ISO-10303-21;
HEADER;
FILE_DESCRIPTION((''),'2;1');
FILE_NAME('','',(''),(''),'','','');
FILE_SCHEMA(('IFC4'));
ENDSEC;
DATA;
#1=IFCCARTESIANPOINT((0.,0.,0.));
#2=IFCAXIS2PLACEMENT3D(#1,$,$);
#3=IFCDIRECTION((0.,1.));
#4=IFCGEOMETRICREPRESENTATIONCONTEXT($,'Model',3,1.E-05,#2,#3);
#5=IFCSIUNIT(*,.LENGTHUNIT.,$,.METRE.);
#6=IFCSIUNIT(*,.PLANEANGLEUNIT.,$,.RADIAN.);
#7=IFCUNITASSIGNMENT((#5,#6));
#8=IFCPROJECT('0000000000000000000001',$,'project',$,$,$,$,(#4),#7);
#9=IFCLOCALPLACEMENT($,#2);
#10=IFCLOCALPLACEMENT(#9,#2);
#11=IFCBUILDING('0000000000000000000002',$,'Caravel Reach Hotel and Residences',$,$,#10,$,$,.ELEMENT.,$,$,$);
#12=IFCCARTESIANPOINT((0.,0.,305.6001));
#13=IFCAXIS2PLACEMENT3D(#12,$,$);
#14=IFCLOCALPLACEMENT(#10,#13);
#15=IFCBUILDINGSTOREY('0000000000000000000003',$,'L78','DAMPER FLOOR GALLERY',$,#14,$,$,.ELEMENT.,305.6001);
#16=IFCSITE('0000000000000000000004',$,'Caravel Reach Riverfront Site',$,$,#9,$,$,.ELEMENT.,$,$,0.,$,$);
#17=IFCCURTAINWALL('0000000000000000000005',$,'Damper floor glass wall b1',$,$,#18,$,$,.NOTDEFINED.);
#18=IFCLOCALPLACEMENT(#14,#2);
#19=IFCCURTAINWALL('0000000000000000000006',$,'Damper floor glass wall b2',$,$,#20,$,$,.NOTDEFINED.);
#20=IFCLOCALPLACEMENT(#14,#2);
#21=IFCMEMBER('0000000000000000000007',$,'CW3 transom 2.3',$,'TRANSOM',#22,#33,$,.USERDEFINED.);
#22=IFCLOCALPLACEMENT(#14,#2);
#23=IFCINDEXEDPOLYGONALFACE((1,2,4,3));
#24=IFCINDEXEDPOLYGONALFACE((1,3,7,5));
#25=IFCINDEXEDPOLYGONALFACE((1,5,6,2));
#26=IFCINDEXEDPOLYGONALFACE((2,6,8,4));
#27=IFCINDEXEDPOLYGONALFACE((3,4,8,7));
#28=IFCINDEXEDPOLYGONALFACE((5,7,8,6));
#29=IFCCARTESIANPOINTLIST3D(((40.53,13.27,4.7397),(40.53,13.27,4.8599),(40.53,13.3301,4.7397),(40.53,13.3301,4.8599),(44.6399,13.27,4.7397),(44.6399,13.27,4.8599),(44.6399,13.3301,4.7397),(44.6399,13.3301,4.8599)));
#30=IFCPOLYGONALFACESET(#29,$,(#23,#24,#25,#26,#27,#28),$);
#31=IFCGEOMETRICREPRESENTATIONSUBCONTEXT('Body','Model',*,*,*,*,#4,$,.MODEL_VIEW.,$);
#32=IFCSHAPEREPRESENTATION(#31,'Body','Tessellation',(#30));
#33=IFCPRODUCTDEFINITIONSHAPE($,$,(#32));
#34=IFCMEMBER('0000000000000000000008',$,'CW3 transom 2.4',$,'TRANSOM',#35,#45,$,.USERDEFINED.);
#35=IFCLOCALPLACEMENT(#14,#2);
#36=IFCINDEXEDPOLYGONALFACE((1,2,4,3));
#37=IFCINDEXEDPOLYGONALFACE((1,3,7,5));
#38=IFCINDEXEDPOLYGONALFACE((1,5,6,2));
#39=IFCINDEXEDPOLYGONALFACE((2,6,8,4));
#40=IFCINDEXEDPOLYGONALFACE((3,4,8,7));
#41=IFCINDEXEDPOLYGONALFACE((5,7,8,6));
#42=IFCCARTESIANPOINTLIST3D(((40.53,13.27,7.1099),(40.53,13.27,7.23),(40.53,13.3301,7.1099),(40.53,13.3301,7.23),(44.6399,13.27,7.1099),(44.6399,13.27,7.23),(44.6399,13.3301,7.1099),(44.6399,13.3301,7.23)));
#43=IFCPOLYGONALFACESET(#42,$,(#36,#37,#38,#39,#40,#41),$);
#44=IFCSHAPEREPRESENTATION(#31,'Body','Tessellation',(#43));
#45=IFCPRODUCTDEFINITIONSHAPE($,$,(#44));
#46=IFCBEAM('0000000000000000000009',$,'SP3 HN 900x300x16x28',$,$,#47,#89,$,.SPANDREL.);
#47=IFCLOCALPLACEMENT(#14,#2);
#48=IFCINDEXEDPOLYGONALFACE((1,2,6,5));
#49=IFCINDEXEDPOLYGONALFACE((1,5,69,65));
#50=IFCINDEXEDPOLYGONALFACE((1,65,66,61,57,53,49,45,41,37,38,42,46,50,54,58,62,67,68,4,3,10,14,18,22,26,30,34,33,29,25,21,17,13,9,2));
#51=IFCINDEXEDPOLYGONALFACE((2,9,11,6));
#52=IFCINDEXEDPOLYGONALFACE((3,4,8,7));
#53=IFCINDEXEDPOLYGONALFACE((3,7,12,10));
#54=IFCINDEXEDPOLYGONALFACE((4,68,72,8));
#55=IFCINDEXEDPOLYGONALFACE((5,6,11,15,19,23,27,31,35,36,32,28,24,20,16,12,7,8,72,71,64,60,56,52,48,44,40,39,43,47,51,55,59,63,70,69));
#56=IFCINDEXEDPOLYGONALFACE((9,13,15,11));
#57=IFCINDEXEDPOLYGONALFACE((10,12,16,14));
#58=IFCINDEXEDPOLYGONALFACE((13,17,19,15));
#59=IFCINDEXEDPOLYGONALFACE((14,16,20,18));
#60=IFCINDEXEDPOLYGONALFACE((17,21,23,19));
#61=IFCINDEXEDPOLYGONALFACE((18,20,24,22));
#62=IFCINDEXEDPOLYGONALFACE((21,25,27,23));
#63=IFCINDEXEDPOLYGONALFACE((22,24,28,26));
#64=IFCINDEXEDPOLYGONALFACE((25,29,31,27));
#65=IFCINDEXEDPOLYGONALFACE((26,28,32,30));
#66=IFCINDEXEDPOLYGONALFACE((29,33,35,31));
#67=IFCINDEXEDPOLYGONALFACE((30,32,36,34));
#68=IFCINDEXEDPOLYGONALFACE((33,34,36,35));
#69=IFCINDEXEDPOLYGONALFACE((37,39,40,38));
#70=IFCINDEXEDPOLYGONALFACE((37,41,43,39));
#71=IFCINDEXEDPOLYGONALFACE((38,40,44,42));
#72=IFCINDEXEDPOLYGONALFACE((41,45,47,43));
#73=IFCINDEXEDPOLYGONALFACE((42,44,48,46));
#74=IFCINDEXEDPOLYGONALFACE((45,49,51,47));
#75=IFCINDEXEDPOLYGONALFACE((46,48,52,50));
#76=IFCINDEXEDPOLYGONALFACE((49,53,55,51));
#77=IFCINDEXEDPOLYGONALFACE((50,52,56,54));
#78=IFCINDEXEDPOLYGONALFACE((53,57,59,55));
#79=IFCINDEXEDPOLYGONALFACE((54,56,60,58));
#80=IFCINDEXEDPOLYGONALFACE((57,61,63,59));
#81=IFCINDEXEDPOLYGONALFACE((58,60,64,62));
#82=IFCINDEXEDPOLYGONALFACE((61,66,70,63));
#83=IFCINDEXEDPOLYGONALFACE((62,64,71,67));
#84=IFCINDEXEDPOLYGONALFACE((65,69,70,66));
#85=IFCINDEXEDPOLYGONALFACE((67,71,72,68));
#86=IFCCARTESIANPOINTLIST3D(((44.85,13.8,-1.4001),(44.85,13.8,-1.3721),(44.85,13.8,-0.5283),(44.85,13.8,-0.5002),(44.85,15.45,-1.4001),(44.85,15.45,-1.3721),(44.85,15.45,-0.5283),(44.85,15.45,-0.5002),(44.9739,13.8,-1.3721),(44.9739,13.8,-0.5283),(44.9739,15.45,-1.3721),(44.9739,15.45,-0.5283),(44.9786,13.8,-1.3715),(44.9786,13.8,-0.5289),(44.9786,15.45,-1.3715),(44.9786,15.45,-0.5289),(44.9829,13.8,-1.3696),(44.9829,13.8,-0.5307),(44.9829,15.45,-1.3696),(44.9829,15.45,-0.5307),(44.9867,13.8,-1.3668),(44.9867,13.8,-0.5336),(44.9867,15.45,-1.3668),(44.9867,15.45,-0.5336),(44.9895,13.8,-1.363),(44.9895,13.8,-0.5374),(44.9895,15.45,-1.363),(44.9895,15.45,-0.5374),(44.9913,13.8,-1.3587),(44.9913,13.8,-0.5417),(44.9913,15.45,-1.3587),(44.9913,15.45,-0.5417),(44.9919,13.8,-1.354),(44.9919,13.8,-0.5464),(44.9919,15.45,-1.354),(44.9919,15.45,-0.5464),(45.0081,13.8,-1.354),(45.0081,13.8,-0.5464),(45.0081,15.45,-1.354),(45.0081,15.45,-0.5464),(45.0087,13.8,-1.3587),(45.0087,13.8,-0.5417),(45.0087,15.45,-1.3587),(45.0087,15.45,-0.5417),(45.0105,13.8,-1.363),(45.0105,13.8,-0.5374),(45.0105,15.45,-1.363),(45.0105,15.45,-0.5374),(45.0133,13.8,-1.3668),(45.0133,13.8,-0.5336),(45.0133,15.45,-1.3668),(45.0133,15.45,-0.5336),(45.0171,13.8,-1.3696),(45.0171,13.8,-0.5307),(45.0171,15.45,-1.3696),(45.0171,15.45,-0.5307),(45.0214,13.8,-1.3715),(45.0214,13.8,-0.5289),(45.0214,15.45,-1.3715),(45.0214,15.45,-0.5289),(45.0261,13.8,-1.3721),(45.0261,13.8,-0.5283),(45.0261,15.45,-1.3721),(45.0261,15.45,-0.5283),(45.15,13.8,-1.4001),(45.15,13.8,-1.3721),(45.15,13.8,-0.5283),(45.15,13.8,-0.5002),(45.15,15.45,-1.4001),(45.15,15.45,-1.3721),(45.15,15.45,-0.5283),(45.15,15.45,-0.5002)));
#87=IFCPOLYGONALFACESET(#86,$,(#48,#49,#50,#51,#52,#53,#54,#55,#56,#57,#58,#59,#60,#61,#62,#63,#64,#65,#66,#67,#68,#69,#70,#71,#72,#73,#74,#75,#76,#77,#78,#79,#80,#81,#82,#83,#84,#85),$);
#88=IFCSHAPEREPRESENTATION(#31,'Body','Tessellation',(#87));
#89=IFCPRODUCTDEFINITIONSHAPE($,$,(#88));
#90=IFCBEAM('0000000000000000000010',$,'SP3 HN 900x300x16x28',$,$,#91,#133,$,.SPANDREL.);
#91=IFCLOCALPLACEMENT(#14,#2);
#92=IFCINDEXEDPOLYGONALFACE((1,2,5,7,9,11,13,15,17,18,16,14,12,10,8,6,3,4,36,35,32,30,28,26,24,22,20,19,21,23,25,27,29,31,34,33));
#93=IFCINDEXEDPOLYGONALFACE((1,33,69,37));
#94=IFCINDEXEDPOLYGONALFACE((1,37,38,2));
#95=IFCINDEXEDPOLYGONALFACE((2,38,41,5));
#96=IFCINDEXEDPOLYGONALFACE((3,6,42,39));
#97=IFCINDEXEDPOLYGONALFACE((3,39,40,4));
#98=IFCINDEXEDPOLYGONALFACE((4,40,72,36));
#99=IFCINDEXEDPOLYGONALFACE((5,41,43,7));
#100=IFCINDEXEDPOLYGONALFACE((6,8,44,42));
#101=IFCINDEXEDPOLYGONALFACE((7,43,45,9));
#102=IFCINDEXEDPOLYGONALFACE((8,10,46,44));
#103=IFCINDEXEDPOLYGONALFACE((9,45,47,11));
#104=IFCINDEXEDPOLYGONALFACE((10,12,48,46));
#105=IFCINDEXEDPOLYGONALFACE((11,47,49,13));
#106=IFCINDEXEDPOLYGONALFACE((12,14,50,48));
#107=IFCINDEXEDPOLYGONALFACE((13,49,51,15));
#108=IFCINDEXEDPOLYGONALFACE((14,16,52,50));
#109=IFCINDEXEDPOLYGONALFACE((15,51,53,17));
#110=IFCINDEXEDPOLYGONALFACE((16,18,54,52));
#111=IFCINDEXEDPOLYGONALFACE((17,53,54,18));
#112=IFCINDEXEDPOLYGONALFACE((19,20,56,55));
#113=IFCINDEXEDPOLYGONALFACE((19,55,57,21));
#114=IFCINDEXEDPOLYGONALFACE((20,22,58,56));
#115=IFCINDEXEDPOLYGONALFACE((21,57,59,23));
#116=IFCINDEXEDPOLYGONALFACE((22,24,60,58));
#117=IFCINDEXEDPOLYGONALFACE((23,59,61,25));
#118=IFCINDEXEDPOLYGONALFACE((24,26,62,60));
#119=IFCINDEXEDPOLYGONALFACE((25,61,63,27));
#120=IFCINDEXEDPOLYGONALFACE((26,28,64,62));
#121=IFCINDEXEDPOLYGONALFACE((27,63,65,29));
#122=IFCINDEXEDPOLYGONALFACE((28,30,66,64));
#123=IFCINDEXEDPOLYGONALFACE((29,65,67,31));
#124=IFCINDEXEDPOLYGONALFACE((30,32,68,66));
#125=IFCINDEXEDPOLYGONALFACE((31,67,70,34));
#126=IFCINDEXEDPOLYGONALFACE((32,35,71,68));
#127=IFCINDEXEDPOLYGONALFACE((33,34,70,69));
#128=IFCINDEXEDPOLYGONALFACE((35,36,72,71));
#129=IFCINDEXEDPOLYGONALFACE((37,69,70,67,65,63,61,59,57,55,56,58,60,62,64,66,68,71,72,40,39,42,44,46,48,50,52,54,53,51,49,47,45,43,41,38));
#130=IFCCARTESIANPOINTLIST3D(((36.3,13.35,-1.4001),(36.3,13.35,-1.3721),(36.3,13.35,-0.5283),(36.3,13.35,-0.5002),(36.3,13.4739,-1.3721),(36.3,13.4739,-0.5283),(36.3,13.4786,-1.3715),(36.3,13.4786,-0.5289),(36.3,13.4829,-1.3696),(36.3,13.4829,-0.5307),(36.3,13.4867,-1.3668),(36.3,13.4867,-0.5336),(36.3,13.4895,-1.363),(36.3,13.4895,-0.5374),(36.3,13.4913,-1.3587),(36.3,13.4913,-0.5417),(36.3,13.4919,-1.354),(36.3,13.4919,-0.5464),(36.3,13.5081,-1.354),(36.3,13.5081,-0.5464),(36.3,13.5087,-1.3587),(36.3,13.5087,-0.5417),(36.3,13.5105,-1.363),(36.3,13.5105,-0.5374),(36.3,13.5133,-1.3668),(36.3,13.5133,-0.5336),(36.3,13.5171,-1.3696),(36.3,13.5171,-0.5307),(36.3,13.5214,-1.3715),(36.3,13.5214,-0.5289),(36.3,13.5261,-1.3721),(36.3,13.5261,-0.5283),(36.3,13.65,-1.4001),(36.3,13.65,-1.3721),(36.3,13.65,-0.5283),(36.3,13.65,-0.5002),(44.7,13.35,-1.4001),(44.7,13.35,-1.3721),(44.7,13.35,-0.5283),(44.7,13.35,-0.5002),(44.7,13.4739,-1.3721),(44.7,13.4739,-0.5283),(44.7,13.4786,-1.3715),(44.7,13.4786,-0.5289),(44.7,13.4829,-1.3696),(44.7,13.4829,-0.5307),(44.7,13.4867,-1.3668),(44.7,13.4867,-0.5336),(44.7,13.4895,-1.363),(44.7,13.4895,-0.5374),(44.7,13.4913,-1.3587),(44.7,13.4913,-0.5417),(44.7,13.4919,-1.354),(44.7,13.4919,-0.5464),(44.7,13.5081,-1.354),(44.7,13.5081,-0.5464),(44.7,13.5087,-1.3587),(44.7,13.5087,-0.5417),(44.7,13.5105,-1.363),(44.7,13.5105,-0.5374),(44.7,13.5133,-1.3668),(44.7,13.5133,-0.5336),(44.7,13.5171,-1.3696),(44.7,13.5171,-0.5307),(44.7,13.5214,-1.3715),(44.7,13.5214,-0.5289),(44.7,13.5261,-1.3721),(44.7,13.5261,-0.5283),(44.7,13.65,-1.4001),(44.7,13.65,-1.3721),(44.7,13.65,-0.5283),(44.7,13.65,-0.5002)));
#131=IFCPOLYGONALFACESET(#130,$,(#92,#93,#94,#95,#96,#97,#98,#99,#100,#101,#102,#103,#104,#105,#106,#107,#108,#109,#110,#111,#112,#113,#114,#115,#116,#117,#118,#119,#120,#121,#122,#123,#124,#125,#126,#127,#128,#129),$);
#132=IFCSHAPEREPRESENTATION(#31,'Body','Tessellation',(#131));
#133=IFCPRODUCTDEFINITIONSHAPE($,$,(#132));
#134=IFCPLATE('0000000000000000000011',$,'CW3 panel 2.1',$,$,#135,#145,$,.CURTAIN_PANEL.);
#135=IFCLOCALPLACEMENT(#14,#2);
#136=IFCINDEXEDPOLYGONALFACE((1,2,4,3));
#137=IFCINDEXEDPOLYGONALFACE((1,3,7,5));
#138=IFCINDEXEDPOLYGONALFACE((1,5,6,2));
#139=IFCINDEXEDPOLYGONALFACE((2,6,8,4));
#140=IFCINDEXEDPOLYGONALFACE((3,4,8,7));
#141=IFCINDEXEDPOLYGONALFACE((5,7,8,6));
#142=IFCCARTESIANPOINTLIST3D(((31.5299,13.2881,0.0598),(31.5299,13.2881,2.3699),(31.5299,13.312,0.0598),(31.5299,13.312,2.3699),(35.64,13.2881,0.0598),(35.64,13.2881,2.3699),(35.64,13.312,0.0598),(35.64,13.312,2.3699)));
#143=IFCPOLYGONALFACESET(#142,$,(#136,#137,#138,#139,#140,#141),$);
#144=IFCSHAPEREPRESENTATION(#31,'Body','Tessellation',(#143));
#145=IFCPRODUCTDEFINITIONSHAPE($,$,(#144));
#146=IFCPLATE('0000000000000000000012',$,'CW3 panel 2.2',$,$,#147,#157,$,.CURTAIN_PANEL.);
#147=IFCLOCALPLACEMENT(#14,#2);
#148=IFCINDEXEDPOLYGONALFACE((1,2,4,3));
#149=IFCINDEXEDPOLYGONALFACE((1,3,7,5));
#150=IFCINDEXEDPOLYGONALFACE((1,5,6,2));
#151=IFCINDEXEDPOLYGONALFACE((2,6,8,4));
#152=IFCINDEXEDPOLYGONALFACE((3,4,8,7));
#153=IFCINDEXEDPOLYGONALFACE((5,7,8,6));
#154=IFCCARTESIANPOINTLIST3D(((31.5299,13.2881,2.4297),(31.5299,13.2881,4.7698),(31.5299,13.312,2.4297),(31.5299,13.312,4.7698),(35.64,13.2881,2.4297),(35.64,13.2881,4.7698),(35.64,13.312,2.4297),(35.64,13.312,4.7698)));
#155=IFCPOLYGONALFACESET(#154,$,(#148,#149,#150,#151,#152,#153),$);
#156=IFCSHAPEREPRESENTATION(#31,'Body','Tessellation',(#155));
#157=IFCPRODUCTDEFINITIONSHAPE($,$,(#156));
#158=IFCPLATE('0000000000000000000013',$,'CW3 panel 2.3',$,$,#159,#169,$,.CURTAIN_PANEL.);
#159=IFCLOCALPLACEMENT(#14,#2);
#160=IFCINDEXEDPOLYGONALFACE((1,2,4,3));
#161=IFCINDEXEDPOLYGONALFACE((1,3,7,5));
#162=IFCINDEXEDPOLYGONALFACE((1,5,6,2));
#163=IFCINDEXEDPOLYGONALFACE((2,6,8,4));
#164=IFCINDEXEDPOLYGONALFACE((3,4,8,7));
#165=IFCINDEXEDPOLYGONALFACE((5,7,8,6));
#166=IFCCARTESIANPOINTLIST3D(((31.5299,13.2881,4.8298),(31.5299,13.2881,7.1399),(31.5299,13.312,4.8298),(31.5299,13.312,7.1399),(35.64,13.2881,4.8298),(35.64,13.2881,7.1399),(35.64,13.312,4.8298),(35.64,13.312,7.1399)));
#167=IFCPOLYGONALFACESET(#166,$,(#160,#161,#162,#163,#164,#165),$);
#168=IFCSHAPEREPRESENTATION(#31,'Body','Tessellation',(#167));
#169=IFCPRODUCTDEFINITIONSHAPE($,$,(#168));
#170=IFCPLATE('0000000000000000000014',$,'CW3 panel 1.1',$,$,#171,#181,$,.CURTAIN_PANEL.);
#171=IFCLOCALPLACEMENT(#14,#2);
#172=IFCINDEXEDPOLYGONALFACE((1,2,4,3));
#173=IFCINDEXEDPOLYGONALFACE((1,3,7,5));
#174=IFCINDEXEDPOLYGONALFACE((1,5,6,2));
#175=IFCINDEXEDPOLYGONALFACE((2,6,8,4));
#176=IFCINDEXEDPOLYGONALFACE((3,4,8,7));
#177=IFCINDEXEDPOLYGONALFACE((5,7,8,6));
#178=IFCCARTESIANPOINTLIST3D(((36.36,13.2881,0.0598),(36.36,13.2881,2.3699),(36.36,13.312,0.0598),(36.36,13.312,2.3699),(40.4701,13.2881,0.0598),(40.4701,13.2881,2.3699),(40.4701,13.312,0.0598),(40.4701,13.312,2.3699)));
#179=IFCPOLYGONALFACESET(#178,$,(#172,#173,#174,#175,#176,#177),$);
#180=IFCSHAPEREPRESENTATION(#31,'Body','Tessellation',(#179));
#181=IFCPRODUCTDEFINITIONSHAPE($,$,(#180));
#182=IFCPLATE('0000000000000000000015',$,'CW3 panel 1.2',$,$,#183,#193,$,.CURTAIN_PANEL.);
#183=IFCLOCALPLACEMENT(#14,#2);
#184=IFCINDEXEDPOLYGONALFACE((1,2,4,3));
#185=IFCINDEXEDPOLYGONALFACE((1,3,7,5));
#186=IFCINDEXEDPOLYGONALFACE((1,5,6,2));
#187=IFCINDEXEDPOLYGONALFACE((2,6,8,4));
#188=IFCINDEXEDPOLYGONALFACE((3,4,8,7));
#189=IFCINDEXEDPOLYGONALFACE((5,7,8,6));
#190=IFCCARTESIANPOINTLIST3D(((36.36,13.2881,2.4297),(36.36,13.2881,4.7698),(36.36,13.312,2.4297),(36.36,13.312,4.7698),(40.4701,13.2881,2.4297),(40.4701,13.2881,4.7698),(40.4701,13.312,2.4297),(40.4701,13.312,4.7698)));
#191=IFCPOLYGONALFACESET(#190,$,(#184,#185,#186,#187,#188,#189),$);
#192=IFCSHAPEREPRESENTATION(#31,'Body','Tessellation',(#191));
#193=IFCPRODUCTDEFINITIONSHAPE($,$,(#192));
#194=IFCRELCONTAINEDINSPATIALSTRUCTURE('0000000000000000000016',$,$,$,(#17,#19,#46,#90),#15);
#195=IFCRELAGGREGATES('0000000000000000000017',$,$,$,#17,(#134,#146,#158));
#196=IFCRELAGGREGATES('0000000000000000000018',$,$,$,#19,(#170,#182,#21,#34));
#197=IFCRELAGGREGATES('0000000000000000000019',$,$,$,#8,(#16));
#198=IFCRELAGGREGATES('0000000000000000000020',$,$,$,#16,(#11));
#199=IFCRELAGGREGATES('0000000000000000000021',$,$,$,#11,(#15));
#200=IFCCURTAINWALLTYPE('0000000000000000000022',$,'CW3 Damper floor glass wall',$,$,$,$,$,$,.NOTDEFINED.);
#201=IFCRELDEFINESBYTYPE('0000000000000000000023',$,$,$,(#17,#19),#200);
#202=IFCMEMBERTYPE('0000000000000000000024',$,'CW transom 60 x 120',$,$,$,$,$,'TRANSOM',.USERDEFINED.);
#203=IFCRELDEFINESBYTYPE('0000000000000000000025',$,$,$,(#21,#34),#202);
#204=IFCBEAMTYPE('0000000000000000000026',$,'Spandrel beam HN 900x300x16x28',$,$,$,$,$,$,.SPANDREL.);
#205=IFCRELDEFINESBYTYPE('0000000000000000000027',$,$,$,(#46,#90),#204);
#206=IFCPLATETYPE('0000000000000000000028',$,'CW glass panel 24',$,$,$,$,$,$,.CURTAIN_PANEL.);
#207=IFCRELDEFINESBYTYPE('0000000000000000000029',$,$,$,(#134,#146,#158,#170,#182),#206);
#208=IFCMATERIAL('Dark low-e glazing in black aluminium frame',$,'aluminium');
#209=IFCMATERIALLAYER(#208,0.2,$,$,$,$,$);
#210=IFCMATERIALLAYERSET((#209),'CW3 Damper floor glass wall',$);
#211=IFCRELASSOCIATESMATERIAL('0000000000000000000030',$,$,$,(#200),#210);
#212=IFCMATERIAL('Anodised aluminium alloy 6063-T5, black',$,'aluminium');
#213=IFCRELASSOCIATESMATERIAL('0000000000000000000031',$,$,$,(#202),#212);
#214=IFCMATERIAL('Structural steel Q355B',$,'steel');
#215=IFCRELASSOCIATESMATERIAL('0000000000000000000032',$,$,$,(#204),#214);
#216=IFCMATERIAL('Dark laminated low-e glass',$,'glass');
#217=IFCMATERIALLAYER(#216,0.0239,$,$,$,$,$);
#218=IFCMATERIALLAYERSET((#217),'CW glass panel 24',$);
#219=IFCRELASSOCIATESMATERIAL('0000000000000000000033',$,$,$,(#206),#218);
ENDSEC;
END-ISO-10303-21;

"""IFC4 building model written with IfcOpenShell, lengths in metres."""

from ifc_helpers import new_model, si_unit, direction, frame, origin, origin_2d, place, context, subcontext, project, spatial, rectangle, i_section, extrude, material, layer, layer_set, material_profile, profile_set, type_object, element, aggregate, save


model = new_model("IFC4")

# Units and contexts
model_context = context("Model", 3, precision=1e-05, world=origin(), true_north=direction((0.0, 1.0)))
body_context = subcontext(model_context, "Body", "Model", "MODEL_VIEW")
ifc_project = project(units=[si_unit("LENGTHUNIT", "METRE"), si_unit("PLANEANGLEUNIT", "RADIAN")], contexts=[model_context])

# Site, building, storey
site_placement = place(None, origin())
site = spatial("IfcSite", under=ifc_project, at=site_placement, Name="Caravel Reach Riverfront Site", CompositionType="ELEMENT", RefElevation=0.0)
building_placement = place(site_placement, origin())
building = spatial("IfcBuilding", under=site, at=building_placement, Name="Caravel Reach Hotel and Residences", CompositionType="ELEMENT")
storey_placement = place(building_placement, frame((0.0, 0.0, 305.6001)))
storey = spatial("IfcBuildingStorey", under=building, at=storey_placement, Name="L78", Description="DAMPER FLOOR GALLERY", CompositionType="ELEMENT", Elevation=305.6001)

# Curtain wall
ifc_material_1 = material(Name="Dark low-e glazing in black aluminium frame", Category="aluminium")
ifc_layer_1 = layer(ifc_material_1, 0.2)
ifc_layer_set_1 = layer_set([ifc_layer_1], Name="CW3 Damper floor glass wall")
curtain_wall_type = type_object("IfcCurtainWallType", Name="CW3 Damper floor glass wall", PredefinedType="NOTDEFINED", material=ifc_layer_set_1)
curtain_wall_1_placement = place(storey_placement, origin())
curtain_wall_1 = element("IfcCurtainWall", 1, at=curtain_wall_1_placement, inside=storey, type_object=curtain_wall_type, Name="Damper floor glass wall b1", PredefinedType="NOTDEFINED")

# Curtain wall, members
curtain_wall_2_placement = place(storey_placement, origin())
curtain_wall_2 = element("IfcCurtainWall", 2, at=curtain_wall_2_placement, inside=storey, type_object=curtain_wall_type, Name="Damper floor glass wall b2", PredefinedType="NOTDEFINED")
ifc_material_2 = material(Name="Anodised aluminium alloy 6063-T5, black", Category="aluminium")
ifc_material_profile_1 = material_profile(ifc_material_2, rectangle(XDim=0.0601, YDim=0.1201, at=origin_2d()), Name="CW transom 60 x 120")
ifc_profile_set_1 = profile_set([ifc_material_profile_1], Name="Anodised aluminium alloy 6063-T5, black")
member_type_1 = type_object("IfcMemberType", Name="CW transom 60 x 120", ElementType="TRANSOM", PredefinedType="USERDEFINED", material=ifc_profile_set_1)
member_1_placement = place(storey_placement, frame((40.53, 13.3, 4.7998), z_axis=(1.0, 0.0, 0.0), x_axis=(0.0, 1.0, 0.0)))
member_1 = element("IfcMember", 3, at=member_1_placement, type_object=member_type_1, Name="CW3 transom 2.3", ObjectType="TRANSOM", PredefinedType="USERDEFINED", context=body_context, shape_type="SweptSolid", body=[
    extrude(rectangle(XDim=0.0601, YDim=0.1201, at=origin_2d()), origin(), (0.0, 0.0, 1.0), 4.1099),
])
member_2_placement = place(storey_placement, frame((40.53, 13.3, 7.1699), z_axis=(1.0, 0.0, 0.0), x_axis=(0.0, 1.0, 0.0)))
member_2 = element("IfcMember", 4, at=member_2_placement, type_object=member_type_1, Name="CW3 transom 2.4", ObjectType="TRANSOM", PredefinedType="USERDEFINED", context=body_context, shape_type="SweptSolid", body=[
    extrude(rectangle(XDim=0.0601, YDim=0.1201, at=origin_2d()), origin(), (0.0, 0.0, 1.0), 4.1099),
])

# Beams
ifc_material_3 = material(Name="Structural steel Q355B", Category="steel")
ifc_material_profile_2 = material_profile(ifc_material_3, i_section(OverallWidth=0.3, OverallDepth=0.8999, WebThickness=0.0161, FlangeThickness=0.0281, FilletRadius=0.0181, at=origin_2d()), Name="HN 900x300x16x28")
ifc_profile_set_2 = profile_set([ifc_material_profile_2], Name="Structural steel Q355B")
beam_type = type_object("IfcBeamType", Name="Spandrel beam HN 900x300x16x28", PredefinedType="SPANDREL", material=ifc_profile_set_2)
beam_1_placement = place(storey_placement, frame((45.0, 13.8, -0.9502), z_axis=(0.0, 1.0, 0.0), x_axis=(-1.0, 0.0, 0.0)))
element("IfcBeam", 5, at=beam_1_placement, inside=storey, type_object=beam_type, Name="SP3 HN 900x300x16x28", PredefinedType="SPANDREL", context=body_context, shape_type="SweptSolid", body=[
    extrude(i_section(OverallWidth=0.3, OverallDepth=0.8999, WebThickness=0.0161, FlangeThickness=0.0281, FilletRadius=0.0181, at=origin_2d()), origin(), (0.0, 0.0, 1.0), 1.6499),
])
beam_2_placement = place(storey_placement, frame((36.3, 13.5, -0.9502), z_axis=(1.0, 0.0, 0.0), x_axis=(0.0, 1.0, 0.0)))
element("IfcBeam", 6, at=beam_2_placement, inside=storey, type_object=beam_type, Name="SP3 HN 900x300x16x28", PredefinedType="SPANDREL", context=body_context, shape_type="SweptSolid", body=[
    extrude(i_section(OverallWidth=0.3, OverallDepth=0.8999, WebThickness=0.0161, FlangeThickness=0.0281, FilletRadius=0.0181, at=origin_2d()), origin(), (0.0, 0.0, 1.0), 8.3999),
])

# Plates
ifc_material_4 = material(Name="Dark laminated low-e glass", Category="glass")
ifc_layer_2 = layer(ifc_material_4, 0.0239)
ifc_layer_set_2 = layer_set([ifc_layer_2], Name="CW glass panel 24")
plate_type = type_object("IfcPlateType", Name="CW glass panel 24", PredefinedType="CURTAIN_PANEL", material=ifc_layer_set_2)
plate_1_placement = place(storey_placement, frame((33.585, 13.3, 0.0598), z_axis=(0.0, 0.0, 1.0), x_axis=(1.0, 0.0, 0.0)))
plate_1 = element("IfcPlate", 7, at=plate_1_placement, type_object=plate_type, Name="CW3 panel 2.1", PredefinedType="CURTAIN_PANEL", context=body_context, shape_type="SweptSolid", body=[
    extrude(rectangle(XDim=4.1101, YDim=0.0239, at=origin_2d()), origin(), (0.0, 0.0, 1.0), 2.3101),
])
plate_2_placement = place(storey_placement, frame((33.585, 13.3, 2.4297), z_axis=(0.0, 0.0, 1.0), x_axis=(1.0, 0.0, 0.0)))
plate_2 = element("IfcPlate", 8, at=plate_2_placement, type_object=plate_type, Name="CW3 panel 2.2", PredefinedType="CURTAIN_PANEL", context=body_context, shape_type="SweptSolid", body=[
    extrude(rectangle(XDim=4.1101, YDim=0.0239, at=origin_2d()), origin(), (0.0, 0.0, 1.0), 2.3401),
])
plate_3_placement = place(storey_placement, frame((33.585, 13.3, 4.8298), z_axis=(0.0, 0.0, 1.0), x_axis=(1.0, 0.0, 0.0)))
plate_3 = element("IfcPlate", 9, at=plate_3_placement, type_object=plate_type, Name="CW3 panel 2.3", PredefinedType="CURTAIN_PANEL", context=body_context, shape_type="SweptSolid", body=[
    extrude(rectangle(XDim=4.1101, YDim=0.0239, at=origin_2d()), origin(), (0.0, 0.0, 1.0), 2.3101),
])
aggregate(curtain_wall_1, [plate_1, plate_2, plate_3])
plate_4_placement = place(storey_placement, frame((38.415, 13.3, 0.0598), z_axis=(0.0, 0.0, 1.0), x_axis=(1.0, 0.0, 0.0)))
plate_4 = element("IfcPlate", 10, at=plate_4_placement, type_object=plate_type, Name="CW3 panel 1.1", PredefinedType="CURTAIN_PANEL", context=body_context, shape_type="SweptSolid", body=[
    extrude(rectangle(XDim=4.1101, YDim=0.0239, at=origin_2d()), origin(), (0.0, 0.0, 1.0), 2.3101),
])
plate_5_placement = place(storey_placement, frame((38.415, 13.3, 2.4297), z_axis=(0.0, 0.0, 1.0), x_axis=(1.0, 0.0, 0.0)))
plate_5 = element("IfcPlate", 11, at=plate_5_placement, type_object=plate_type, Name="CW3 panel 1.2", PredefinedType="CURTAIN_PANEL", context=body_context, shape_type="SweptSolid", body=[
    extrude(rectangle(XDim=4.1101, YDim=0.0239, at=origin_2d()), origin(), (0.0, 0.0, 1.0), 2.3401),
])
aggregate(curtain_wall_2, [plate_4, plate_5, member_1, member_2])

save(model, "model.ifc")
